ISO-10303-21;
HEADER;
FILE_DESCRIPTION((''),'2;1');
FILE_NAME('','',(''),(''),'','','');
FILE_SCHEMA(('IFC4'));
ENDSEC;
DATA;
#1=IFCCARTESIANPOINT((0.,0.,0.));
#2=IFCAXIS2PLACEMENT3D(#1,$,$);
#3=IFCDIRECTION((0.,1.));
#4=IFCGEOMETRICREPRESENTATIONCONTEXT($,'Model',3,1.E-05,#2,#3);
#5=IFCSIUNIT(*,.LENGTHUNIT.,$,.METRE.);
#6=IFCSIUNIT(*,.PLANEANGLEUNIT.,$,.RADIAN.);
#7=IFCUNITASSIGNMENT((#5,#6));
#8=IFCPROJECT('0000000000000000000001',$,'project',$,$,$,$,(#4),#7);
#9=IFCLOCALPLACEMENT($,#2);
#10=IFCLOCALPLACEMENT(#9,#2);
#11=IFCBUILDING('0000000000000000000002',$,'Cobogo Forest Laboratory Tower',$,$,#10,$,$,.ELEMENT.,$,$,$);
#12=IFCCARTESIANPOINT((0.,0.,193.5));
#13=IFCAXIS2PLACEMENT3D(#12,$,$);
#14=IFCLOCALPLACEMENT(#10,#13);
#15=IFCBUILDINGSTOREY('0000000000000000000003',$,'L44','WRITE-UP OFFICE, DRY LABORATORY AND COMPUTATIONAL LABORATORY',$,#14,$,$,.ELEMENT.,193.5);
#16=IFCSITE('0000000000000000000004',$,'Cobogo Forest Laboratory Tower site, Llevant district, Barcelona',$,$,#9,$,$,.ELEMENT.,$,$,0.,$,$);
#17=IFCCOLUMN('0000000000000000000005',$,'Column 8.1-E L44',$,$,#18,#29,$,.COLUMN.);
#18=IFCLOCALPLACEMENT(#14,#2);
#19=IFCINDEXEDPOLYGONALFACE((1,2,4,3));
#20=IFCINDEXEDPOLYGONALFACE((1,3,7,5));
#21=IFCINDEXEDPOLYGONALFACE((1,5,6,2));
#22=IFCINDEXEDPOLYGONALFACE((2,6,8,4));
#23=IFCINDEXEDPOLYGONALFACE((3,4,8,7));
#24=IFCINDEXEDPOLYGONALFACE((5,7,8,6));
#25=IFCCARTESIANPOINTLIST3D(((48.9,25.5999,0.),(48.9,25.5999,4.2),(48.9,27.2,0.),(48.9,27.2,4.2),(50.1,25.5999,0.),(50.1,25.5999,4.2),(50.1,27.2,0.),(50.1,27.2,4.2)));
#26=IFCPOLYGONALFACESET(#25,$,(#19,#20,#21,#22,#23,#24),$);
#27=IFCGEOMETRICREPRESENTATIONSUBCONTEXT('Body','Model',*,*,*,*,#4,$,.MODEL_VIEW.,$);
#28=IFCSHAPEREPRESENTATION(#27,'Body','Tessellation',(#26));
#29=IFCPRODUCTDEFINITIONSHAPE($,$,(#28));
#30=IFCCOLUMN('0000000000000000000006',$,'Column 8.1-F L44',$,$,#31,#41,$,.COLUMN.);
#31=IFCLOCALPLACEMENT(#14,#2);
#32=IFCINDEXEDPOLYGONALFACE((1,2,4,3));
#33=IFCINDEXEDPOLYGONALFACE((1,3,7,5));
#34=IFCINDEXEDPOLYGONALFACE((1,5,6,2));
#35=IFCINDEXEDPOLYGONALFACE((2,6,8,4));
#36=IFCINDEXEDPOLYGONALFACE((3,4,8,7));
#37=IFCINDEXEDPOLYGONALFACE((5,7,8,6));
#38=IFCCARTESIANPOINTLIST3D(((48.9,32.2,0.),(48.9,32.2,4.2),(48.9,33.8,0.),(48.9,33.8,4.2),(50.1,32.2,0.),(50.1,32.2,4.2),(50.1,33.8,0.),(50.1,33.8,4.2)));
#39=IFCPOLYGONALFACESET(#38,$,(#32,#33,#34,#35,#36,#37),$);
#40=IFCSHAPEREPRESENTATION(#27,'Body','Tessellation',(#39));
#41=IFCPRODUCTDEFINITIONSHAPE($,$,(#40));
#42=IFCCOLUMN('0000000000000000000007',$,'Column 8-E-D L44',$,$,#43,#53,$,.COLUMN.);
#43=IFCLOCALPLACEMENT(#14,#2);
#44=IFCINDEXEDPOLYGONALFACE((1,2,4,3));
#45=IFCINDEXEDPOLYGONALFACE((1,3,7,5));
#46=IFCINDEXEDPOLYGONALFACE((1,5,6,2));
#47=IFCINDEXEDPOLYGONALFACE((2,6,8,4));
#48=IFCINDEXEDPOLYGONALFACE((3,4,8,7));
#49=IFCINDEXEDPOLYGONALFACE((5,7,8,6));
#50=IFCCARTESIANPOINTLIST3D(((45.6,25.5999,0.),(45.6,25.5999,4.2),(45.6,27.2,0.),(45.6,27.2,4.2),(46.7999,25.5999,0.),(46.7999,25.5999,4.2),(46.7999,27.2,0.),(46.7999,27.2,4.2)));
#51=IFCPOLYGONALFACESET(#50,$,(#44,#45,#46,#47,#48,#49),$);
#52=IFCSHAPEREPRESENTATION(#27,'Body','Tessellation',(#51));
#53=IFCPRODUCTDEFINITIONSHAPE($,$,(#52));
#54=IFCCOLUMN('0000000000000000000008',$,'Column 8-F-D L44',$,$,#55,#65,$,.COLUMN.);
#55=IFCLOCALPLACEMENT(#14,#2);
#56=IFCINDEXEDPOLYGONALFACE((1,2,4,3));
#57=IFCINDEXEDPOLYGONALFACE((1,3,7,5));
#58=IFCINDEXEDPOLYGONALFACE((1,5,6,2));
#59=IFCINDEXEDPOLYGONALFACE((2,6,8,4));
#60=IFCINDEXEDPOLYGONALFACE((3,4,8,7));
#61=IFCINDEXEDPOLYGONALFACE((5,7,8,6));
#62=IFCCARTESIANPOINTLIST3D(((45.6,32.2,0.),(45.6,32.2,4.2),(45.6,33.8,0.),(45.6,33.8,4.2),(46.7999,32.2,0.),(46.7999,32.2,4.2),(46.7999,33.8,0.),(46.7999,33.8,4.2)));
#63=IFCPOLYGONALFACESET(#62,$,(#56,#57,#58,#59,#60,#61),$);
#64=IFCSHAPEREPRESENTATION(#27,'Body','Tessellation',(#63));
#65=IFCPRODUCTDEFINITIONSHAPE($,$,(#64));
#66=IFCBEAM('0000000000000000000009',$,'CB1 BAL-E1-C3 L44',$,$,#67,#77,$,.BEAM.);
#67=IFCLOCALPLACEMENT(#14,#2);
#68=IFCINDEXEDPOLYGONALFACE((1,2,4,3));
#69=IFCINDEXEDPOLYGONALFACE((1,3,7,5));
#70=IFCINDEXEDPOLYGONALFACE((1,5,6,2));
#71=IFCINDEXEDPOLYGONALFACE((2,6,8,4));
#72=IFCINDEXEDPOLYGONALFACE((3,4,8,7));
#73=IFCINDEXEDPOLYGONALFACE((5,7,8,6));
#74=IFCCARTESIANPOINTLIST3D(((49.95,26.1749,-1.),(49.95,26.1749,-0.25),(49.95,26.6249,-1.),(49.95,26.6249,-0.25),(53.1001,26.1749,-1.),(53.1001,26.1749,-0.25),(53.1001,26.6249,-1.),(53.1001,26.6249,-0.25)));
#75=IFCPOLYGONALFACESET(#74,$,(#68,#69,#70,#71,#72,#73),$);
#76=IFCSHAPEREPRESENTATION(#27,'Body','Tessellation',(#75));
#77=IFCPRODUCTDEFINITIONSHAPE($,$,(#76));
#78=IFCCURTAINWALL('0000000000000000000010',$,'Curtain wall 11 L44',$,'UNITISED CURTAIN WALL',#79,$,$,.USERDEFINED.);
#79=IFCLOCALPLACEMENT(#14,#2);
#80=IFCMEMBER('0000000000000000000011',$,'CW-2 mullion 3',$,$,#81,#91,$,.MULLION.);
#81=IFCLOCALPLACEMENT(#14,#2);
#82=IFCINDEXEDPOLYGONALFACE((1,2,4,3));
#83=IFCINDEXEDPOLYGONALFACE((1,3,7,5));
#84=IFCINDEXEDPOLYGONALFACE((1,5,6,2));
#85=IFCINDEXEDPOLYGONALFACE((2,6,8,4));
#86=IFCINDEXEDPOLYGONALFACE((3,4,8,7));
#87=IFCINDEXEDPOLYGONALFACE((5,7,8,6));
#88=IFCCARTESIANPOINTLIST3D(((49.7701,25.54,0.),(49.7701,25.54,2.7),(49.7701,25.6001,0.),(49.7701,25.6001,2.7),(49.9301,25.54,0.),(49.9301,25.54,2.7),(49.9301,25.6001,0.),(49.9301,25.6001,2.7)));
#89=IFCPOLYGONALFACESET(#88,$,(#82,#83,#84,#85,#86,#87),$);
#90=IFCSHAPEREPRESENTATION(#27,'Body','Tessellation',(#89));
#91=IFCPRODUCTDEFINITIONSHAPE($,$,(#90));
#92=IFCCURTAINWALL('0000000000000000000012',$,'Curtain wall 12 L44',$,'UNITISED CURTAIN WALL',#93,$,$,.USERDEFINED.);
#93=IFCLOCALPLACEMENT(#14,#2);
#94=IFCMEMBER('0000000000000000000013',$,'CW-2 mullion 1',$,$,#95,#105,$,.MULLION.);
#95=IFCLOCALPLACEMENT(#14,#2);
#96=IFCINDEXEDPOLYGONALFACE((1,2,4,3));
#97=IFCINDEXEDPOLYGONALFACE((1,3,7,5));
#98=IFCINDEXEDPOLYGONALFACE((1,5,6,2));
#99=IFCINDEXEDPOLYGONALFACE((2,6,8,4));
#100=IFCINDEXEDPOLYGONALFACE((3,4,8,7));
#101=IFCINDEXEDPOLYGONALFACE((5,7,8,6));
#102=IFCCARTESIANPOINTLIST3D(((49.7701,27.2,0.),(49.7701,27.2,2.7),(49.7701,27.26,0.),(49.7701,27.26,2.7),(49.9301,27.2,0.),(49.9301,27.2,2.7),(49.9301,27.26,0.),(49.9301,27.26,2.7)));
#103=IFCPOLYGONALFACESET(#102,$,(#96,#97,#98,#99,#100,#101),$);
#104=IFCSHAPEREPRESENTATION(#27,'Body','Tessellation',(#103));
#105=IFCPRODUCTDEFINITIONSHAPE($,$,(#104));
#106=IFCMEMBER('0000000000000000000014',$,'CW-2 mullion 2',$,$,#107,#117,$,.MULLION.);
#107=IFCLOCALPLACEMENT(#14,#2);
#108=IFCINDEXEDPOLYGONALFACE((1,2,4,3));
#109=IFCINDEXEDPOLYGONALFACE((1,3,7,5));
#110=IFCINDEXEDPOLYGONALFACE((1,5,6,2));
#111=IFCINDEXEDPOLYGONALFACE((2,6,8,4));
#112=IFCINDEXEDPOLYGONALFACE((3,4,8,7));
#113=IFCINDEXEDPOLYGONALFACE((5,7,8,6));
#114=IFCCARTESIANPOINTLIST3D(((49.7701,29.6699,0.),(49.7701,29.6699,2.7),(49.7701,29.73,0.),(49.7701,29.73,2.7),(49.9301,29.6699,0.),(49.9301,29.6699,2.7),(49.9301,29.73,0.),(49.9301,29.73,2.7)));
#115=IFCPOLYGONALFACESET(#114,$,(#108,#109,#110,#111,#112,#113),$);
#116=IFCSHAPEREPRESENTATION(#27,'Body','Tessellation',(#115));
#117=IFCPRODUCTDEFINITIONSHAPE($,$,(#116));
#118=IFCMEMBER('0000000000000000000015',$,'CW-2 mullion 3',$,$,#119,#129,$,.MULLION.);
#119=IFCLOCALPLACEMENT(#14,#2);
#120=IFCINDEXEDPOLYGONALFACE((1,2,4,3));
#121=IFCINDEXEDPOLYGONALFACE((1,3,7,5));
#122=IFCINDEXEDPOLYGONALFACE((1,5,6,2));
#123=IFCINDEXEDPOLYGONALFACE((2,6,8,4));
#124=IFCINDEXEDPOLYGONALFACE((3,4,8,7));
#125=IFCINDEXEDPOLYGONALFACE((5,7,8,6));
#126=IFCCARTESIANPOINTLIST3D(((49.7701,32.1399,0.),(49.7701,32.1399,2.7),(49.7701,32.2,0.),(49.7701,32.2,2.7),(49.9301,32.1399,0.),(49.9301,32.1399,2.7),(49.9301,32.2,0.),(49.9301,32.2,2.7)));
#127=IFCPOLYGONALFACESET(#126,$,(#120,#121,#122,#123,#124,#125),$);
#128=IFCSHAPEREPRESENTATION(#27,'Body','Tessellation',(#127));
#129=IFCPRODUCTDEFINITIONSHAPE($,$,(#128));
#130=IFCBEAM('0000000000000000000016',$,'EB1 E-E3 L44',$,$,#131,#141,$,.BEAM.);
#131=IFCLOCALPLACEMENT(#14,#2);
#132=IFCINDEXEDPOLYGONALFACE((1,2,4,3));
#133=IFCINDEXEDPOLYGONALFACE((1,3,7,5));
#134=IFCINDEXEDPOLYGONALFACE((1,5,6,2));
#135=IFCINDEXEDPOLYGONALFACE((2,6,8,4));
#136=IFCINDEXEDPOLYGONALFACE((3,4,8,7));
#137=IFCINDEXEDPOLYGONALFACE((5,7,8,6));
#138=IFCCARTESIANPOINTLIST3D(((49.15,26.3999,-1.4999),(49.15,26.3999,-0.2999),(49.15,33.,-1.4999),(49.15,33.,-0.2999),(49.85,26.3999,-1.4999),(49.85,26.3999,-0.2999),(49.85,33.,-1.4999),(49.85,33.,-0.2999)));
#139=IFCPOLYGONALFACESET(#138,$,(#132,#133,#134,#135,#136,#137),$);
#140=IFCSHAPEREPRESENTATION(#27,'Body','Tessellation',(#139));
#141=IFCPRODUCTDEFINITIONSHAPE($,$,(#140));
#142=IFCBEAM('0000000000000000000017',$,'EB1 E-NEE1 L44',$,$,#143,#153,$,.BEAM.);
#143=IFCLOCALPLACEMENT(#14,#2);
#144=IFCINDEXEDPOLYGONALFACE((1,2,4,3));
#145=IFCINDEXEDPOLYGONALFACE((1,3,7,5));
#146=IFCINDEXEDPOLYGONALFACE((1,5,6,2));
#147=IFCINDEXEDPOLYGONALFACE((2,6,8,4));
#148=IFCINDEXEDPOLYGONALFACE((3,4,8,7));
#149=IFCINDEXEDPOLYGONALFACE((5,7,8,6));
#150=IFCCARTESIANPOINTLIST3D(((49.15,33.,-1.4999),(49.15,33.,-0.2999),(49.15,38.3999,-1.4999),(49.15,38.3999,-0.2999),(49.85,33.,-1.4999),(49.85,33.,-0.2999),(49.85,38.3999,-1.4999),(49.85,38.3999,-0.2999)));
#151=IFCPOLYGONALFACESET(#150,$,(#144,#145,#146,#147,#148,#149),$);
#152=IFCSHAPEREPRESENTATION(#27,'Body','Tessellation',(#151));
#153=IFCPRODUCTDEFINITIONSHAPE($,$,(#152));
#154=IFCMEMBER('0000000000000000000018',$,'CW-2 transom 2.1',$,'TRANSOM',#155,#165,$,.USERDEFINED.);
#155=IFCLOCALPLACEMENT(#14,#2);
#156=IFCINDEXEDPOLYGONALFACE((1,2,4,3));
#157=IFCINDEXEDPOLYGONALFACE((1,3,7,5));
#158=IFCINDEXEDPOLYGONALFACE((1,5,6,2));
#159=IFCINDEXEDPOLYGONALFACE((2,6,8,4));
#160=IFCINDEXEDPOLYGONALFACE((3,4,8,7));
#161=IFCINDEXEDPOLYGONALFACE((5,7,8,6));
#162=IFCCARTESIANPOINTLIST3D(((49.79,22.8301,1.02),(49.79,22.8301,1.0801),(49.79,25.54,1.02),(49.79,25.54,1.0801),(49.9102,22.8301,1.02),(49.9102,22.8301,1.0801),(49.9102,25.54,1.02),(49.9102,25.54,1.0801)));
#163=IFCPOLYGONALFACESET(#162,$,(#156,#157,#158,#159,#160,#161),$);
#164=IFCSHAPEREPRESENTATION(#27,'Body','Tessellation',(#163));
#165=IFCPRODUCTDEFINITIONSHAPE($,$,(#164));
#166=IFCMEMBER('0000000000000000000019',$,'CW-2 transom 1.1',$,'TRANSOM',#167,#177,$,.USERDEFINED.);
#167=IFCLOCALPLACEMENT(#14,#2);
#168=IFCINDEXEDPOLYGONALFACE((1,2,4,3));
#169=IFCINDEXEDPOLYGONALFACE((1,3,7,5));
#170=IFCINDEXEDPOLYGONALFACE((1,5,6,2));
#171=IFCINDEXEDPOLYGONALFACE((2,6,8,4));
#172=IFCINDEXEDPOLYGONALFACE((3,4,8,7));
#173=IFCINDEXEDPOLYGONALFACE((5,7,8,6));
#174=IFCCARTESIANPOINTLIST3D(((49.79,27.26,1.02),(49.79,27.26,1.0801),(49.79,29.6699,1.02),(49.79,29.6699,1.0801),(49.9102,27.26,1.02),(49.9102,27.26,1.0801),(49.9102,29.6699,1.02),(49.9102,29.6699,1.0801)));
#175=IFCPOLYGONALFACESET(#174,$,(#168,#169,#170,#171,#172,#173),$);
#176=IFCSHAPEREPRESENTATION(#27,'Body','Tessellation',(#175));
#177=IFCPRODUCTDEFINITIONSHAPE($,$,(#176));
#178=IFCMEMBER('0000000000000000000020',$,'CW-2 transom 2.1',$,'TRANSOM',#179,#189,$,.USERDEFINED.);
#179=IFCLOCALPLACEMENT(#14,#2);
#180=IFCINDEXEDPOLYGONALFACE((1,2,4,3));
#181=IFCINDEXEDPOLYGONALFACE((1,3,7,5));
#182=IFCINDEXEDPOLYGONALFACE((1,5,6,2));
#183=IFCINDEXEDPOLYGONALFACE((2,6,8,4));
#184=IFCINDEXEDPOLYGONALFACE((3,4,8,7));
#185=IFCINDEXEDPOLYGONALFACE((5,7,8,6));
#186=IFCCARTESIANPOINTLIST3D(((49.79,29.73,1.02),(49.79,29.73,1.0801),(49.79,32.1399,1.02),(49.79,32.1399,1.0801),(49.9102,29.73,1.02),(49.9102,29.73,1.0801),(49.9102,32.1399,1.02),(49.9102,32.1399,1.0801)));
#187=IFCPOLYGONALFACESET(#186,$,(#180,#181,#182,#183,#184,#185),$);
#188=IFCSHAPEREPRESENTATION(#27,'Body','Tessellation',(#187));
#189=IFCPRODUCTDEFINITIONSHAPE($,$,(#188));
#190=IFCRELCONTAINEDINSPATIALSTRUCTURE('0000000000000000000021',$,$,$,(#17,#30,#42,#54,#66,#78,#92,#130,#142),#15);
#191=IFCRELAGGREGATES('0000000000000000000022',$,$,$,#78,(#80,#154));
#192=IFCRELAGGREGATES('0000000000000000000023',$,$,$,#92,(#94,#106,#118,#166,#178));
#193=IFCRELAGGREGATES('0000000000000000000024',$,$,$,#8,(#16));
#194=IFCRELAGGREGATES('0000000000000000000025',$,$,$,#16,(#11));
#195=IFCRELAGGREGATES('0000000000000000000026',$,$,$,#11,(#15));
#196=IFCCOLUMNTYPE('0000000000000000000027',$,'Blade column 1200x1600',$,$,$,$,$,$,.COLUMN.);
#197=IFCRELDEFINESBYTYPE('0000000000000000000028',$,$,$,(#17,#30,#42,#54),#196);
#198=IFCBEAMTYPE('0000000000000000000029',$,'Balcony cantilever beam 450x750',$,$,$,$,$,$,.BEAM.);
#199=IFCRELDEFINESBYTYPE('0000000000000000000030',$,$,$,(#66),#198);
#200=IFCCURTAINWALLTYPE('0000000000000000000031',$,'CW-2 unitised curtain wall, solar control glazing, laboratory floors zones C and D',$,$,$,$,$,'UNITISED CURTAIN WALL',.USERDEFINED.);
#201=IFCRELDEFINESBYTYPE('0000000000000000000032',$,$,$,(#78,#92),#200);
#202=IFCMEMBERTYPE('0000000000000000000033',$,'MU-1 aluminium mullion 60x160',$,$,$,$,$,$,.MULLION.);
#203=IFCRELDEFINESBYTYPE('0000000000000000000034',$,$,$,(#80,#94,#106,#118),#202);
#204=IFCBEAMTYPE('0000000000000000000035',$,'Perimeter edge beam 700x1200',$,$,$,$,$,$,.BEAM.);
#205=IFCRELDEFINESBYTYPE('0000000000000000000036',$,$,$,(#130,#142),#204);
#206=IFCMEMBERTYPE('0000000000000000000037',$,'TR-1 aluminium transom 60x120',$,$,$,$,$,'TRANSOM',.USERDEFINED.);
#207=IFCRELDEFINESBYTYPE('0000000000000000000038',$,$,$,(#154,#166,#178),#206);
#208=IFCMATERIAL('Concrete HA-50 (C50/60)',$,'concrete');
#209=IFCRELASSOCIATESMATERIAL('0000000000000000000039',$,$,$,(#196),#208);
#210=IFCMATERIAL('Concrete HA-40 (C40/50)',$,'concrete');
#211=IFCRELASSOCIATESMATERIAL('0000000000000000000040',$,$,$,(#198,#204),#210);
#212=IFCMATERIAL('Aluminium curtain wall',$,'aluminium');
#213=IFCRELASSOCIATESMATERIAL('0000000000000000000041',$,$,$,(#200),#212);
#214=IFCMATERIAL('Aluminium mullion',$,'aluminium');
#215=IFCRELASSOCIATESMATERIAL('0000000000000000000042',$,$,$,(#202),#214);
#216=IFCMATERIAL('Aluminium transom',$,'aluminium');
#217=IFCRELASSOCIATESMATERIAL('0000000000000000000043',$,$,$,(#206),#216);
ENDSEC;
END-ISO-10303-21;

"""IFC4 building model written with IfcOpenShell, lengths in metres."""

from ifc_helpers import new_model, si_unit, direction, frame, origin, origin_2d, place, context, subcontext, project, spatial, rectangle, extrude, material, material_profile, profile_set, type_object, element, aggregate, save


model = new_model("IFC4")

# Units and contexts
model_context = context("Model", 3, precision=1e-05, world=origin(), true_north=direction((0.0, 1.0)))
body_context = subcontext(model_context, "Body", "Model", "MODEL_VIEW")
ifc_project = project(units=[si_unit("LENGTHUNIT", "METRE"), si_unit("PLANEANGLEUNIT", "RADIAN")], contexts=[model_context])

# Site, building, storey
site_placement = place(None, origin())
site = spatial("IfcSite", under=ifc_project, at=site_placement, Name="Cobogo Forest Laboratory Tower site, Llevant district, Barcelona", CompositionType="ELEMENT", RefElevation=0.0)
building_placement = place(site_placement, origin())
building = spatial("IfcBuilding", under=site, at=building_placement, Name="Cobogo Forest Laboratory Tower", CompositionType="ELEMENT")
storey_placement = place(building_placement, frame((0.0, 0.0, 193.5)))
storey = spatial("IfcBuildingStorey", under=building, at=storey_placement, Name="L44", Description="WRITE-UP OFFICE, DRY LABORATORY AND COMPUTATIONAL LABORATORY", CompositionType="ELEMENT", Elevation=193.5)

# Columns
ifc_material_1 = material(Name="Concrete HA-50 (C50/60)", Category="concrete")
ifc_material_profile_1 = material_profile(ifc_material_1, rectangle(XDim=1.6001, YDim=1.2, at=origin_2d()), Name="RC 1200x1600")
ifc_profile_set_1 = profile_set([ifc_material_profile_1], Name="Concrete HA-50 (C50/60)")
column_type = type_object("IfcColumnType", Name="Blade column 1200x1600", PredefinedType="COLUMN", material=ifc_profile_set_1)
for number, where, z_axis, x_axis, name in (
    (1, (49.5, 26.3999, 0.0), (0.0, 0.0, 1.0), (0.0, 1.0, 0.0), "Column 8.1-E L44"),
    (2, (49.5, 33.0, 0.0), (0.0, 0.0, 1.0), (0.0, 1.0, 0.0), "Column 8.1-F L44"),
    (3, (46.2, 26.3999, 0.0), (0.0, 0.0, 1.0), (0.0, 1.0, 0.0), "Column 8-E-D L44"),
    (4, (46.2, 33.0, 0.0), (0.0, 0.0, 1.0), (0.0, 1.0, 0.0), "Column 8-F-D L44"),
):
    element("IfcColumn", number, at=place(storey_placement, frame(where, z_axis=z_axis, x_axis=x_axis)), inside=storey, type_object=column_type, Name=name, PredefinedType="COLUMN", context=body_context, shape_type="SweptSolid", body=[
        extrude(rectangle(XDim=1.6001, YDim=1.2, at=origin_2d()), origin(), (0.0, 0.0, 1.0), 4.2),
    ])

# Beam
ifc_material_2 = material(Name="Concrete HA-40 (C40/50)", Category="concrete")
ifc_material_profile_2 = material_profile(ifc_material_2, rectangle(XDim=0.45, YDim=0.75, at=origin_2d()), Name="RC 450x750")
ifc_profile_set_2 = profile_set([ifc_material_profile_2], Name="Concrete HA-40 (C40/50)")
beam_type_1 = type_object("IfcBeamType", Name="Balcony cantilever beam 450x750", PredefinedType="BEAM", material=ifc_profile_set_2)
beam_1_placement = place(storey_placement, frame((49.95, 26.3999, -0.625), z_axis=(1.0, 0.0, 0.0), x_axis=(0.0, 1.0, 0.0)))
element("IfcBeam", 5, at=beam_1_placement, inside=storey, type_object=beam_type_1, Name="CB1 BAL-E1-C3 L44", PredefinedType="BEAM", context=body_context, shape_type="SweptSolid", body=[
    extrude(rectangle(XDim=0.45, YDim=0.75, at=origin_2d()), origin(), (0.0, 0.0, 1.0), 3.1501),
])

# Curtain wall, member
ifc_material_3 = material(Name="Aluminium curtain wall", Category="aluminium")
curtain_wall_type = type_object("IfcCurtainWallType", Name="CW-2 unitised curtain wall, solar control glazing, laboratory floors zones C and D", ElementType="UNITISED CURTAIN WALL", PredefinedType="USERDEFINED", material=ifc_material_3)
curtain_wall_1_placement = place(storey_placement, origin())
curtain_wall_1 = element("IfcCurtainWall", 6, at=curtain_wall_1_placement, inside=storey, type_object=curtain_wall_type, Name="Curtain wall 11 L44", ObjectType="UNITISED CURTAIN WALL", PredefinedType="USERDEFINED")
ifc_material_4 = material(Name="Aluminium mullion", Category="aluminium")
ifc_material_profile_3 = material_profile(ifc_material_4, rectangle(XDim=0.0601, YDim=0.1599, at=origin_2d()), Name="AL 60x160")
ifc_profile_set_3 = profile_set([ifc_material_profile_3], Name="Aluminium mullion")
member_type_1 = type_object("IfcMemberType", Name="MU-1 aluminium mullion 60x160", PredefinedType="MULLION", material=ifc_profile_set_3)
member_1_placement = place(storey_placement, frame((49.8501, 25.5701, 0.0), z_axis=(0.0, 0.0, 1.0), x_axis=(0.0, 1.0, 0.0)))
member_1 = element("IfcMember", 7, at=member_1_placement, type_object=member_type_1, Name="CW-2 mullion 3", PredefinedType="MULLION", context=body_context, shape_type="SweptSolid", body=[
    extrude(rectangle(XDim=0.0601, YDim=0.1599, at=origin_2d()), origin(), (0.0, 0.0, 1.0), 2.7),
])

# Curtain wall, members
curtain_wall_2_placement = place(storey_placement, origin())
curtain_wall_2 = element("IfcCurtainWall", 8, at=curtain_wall_2_placement, inside=storey, type_object=curtain_wall_type, Name="Curtain wall 12 L44", ObjectType="UNITISED CURTAIN WALL", PredefinedType="USERDEFINED")
member_2_placement = place(storey_placement, frame((49.8501, 27.23, 0.0), z_axis=(0.0, 0.0, 1.0), x_axis=(0.0, 1.0, 0.0)))
member_2 = element("IfcMember", 9, at=member_2_placement, type_object=member_type_1, Name="CW-2 mullion 1", PredefinedType="MULLION", context=body_context, shape_type="SweptSolid", body=[
    extrude(rectangle(XDim=0.0601, YDim=0.1599, at=origin_2d()), origin(), (0.0, 0.0, 1.0), 2.7),
])
member_3_placement = place(storey_placement, frame((49.8501, 29.7, 0.0), z_axis=(0.0, 0.0, 1.0), x_axis=(0.0, 1.0, 0.0)))
member_3 = element("IfcMember", 10, at=member_3_placement, type_object=member_type_1, Name="CW-2 mullion 2", PredefinedType="MULLION", context=body_context, shape_type="SweptSolid", body=[
    extrude(rectangle(XDim=0.0601, YDim=0.1599, at=origin_2d()), origin(), (0.0, 0.0, 1.0), 2.7),
])
member_4_placement = place(storey_placement, frame((49.8501, 32.1699, 0.0), z_axis=(0.0, 0.0, 1.0), x_axis=(0.0, 1.0, 0.0)))
member_4 = element("IfcMember", 11, at=member_4_placement, type_object=member_type_1, Name="CW-2 mullion 3", PredefinedType="MULLION", context=body_context, shape_type="SweptSolid", body=[
    extrude(rectangle(XDim=0.0601, YDim=0.1599, at=origin_2d()), origin(), (0.0, 0.0, 1.0), 2.7),
])

# Beams
ifc_material_profile_4 = material_profile(ifc_material_2, rectangle(XDim=0.7, YDim=1.2, at=origin_2d()), Name="RC 700x1200")
ifc_profile_set_4 = profile_set([ifc_material_profile_4], Name="Concrete HA-40 (C40/50)")
beam_type_2 = type_object("IfcBeamType", Name="Perimeter edge beam 700x1200", PredefinedType="BEAM", material=ifc_profile_set_4)
beam_2_placement = place(storey_placement, frame((49.5, 26.3999, -0.8999), z_axis=(0.0, 1.0, 0.0), x_axis=(-1.0, 0.0, 0.0)))
element("IfcBeam", 12, at=beam_2_placement, inside=storey, type_object=beam_type_2, Name="EB1 E-E3 L44", PredefinedType="BEAM", context=body_context, shape_type="SweptSolid", body=[
    extrude(rectangle(XDim=0.7, YDim=1.2, at=origin_2d()), origin(), (0.0, 0.0, 1.0), 6.6001),
])
beam_3_placement = place(storey_placement, frame((49.5, 33.0, -0.8999), z_axis=(0.0, 1.0, 0.0), x_axis=(-1.0, 0.0, 0.0)))
element("IfcBeam", 13, at=beam_3_placement, inside=storey, type_object=beam_type_2, Name="EB1 E-NEE1 L44", PredefinedType="BEAM", context=body_context, shape_type="SweptSolid", body=[
    extrude(rectangle(XDim=0.7, YDim=1.2, at=origin_2d()), origin(), (0.0, 0.0, 1.0), 5.3999),
])

# Members
ifc_material_5 = material(Name="Aluminium transom", Category="aluminium")
ifc_material_profile_5 = material_profile(ifc_material_5, rectangle(XDim=0.1201, YDim=0.0601, at=origin_2d()), Name="AL 60x120")
ifc_profile_set_5 = profile_set([ifc_material_profile_5], Name="Aluminium transom")
member_type_2 = type_object("IfcMemberType", Name="TR-1 aluminium transom 60x120", ElementType="TRANSOM", PredefinedType="USERDEFINED", material=ifc_profile_set_5)
member_5_placement = place(storey_placement, frame((49.8501, 22.8301, 1.05), z_axis=(0.0, 1.0, 0.0), x_axis=(-1.0, 0.0, 0.0)))
member_5 = element("IfcMember", 14, at=member_5_placement, type_object=member_type_2, Name="CW-2 transom 2.1", ObjectType="TRANSOM", PredefinedType="USERDEFINED", context=body_context, shape_type="SweptSolid", body=[
    extrude(rectangle(XDim=0.1201, YDim=0.0601, at=origin_2d()), origin(), (0.0, 0.0, 1.0), 2.71),
])
member_6_placement = place(storey_placement, frame((49.8501, 27.26, 1.05), z_axis=(0.0, 1.0, 0.0), x_axis=(-1.0, 0.0, 0.0)))
member_6 = element("IfcMember", 15, at=member_6_placement, type_object=member_type_2, Name="CW-2 transom 1.1", ObjectType="TRANSOM", PredefinedType="USERDEFINED", context=body_context, shape_type="SweptSolid", body=[
    extrude(rectangle(XDim=0.1201, YDim=0.0601, at=origin_2d()), origin(), (0.0, 0.0, 1.0), 2.4099),
])
member_7_placement = place(storey_placement, frame((49.8501, 29.73, 1.05), z_axis=(0.0, 1.0, 0.0), x_axis=(-1.0, 0.0, 0.0)))
member_7 = element("IfcMember", 16, at=member_7_placement, type_object=member_type_2, Name="CW-2 transom 2.1", ObjectType="TRANSOM", PredefinedType="USERDEFINED", context=body_context, shape_type="SweptSolid", body=[
    extrude(rectangle(XDim=0.1201, YDim=0.0601, at=origin_2d()), origin(), (0.0, 0.0, 1.0), 2.4099),
])

aggregate(curtain_wall_1, [member_1, member_5])
aggregate(curtain_wall_2, [member_2, member_3, member_4, member_6, member_7])

save(model, "model.ifc")
